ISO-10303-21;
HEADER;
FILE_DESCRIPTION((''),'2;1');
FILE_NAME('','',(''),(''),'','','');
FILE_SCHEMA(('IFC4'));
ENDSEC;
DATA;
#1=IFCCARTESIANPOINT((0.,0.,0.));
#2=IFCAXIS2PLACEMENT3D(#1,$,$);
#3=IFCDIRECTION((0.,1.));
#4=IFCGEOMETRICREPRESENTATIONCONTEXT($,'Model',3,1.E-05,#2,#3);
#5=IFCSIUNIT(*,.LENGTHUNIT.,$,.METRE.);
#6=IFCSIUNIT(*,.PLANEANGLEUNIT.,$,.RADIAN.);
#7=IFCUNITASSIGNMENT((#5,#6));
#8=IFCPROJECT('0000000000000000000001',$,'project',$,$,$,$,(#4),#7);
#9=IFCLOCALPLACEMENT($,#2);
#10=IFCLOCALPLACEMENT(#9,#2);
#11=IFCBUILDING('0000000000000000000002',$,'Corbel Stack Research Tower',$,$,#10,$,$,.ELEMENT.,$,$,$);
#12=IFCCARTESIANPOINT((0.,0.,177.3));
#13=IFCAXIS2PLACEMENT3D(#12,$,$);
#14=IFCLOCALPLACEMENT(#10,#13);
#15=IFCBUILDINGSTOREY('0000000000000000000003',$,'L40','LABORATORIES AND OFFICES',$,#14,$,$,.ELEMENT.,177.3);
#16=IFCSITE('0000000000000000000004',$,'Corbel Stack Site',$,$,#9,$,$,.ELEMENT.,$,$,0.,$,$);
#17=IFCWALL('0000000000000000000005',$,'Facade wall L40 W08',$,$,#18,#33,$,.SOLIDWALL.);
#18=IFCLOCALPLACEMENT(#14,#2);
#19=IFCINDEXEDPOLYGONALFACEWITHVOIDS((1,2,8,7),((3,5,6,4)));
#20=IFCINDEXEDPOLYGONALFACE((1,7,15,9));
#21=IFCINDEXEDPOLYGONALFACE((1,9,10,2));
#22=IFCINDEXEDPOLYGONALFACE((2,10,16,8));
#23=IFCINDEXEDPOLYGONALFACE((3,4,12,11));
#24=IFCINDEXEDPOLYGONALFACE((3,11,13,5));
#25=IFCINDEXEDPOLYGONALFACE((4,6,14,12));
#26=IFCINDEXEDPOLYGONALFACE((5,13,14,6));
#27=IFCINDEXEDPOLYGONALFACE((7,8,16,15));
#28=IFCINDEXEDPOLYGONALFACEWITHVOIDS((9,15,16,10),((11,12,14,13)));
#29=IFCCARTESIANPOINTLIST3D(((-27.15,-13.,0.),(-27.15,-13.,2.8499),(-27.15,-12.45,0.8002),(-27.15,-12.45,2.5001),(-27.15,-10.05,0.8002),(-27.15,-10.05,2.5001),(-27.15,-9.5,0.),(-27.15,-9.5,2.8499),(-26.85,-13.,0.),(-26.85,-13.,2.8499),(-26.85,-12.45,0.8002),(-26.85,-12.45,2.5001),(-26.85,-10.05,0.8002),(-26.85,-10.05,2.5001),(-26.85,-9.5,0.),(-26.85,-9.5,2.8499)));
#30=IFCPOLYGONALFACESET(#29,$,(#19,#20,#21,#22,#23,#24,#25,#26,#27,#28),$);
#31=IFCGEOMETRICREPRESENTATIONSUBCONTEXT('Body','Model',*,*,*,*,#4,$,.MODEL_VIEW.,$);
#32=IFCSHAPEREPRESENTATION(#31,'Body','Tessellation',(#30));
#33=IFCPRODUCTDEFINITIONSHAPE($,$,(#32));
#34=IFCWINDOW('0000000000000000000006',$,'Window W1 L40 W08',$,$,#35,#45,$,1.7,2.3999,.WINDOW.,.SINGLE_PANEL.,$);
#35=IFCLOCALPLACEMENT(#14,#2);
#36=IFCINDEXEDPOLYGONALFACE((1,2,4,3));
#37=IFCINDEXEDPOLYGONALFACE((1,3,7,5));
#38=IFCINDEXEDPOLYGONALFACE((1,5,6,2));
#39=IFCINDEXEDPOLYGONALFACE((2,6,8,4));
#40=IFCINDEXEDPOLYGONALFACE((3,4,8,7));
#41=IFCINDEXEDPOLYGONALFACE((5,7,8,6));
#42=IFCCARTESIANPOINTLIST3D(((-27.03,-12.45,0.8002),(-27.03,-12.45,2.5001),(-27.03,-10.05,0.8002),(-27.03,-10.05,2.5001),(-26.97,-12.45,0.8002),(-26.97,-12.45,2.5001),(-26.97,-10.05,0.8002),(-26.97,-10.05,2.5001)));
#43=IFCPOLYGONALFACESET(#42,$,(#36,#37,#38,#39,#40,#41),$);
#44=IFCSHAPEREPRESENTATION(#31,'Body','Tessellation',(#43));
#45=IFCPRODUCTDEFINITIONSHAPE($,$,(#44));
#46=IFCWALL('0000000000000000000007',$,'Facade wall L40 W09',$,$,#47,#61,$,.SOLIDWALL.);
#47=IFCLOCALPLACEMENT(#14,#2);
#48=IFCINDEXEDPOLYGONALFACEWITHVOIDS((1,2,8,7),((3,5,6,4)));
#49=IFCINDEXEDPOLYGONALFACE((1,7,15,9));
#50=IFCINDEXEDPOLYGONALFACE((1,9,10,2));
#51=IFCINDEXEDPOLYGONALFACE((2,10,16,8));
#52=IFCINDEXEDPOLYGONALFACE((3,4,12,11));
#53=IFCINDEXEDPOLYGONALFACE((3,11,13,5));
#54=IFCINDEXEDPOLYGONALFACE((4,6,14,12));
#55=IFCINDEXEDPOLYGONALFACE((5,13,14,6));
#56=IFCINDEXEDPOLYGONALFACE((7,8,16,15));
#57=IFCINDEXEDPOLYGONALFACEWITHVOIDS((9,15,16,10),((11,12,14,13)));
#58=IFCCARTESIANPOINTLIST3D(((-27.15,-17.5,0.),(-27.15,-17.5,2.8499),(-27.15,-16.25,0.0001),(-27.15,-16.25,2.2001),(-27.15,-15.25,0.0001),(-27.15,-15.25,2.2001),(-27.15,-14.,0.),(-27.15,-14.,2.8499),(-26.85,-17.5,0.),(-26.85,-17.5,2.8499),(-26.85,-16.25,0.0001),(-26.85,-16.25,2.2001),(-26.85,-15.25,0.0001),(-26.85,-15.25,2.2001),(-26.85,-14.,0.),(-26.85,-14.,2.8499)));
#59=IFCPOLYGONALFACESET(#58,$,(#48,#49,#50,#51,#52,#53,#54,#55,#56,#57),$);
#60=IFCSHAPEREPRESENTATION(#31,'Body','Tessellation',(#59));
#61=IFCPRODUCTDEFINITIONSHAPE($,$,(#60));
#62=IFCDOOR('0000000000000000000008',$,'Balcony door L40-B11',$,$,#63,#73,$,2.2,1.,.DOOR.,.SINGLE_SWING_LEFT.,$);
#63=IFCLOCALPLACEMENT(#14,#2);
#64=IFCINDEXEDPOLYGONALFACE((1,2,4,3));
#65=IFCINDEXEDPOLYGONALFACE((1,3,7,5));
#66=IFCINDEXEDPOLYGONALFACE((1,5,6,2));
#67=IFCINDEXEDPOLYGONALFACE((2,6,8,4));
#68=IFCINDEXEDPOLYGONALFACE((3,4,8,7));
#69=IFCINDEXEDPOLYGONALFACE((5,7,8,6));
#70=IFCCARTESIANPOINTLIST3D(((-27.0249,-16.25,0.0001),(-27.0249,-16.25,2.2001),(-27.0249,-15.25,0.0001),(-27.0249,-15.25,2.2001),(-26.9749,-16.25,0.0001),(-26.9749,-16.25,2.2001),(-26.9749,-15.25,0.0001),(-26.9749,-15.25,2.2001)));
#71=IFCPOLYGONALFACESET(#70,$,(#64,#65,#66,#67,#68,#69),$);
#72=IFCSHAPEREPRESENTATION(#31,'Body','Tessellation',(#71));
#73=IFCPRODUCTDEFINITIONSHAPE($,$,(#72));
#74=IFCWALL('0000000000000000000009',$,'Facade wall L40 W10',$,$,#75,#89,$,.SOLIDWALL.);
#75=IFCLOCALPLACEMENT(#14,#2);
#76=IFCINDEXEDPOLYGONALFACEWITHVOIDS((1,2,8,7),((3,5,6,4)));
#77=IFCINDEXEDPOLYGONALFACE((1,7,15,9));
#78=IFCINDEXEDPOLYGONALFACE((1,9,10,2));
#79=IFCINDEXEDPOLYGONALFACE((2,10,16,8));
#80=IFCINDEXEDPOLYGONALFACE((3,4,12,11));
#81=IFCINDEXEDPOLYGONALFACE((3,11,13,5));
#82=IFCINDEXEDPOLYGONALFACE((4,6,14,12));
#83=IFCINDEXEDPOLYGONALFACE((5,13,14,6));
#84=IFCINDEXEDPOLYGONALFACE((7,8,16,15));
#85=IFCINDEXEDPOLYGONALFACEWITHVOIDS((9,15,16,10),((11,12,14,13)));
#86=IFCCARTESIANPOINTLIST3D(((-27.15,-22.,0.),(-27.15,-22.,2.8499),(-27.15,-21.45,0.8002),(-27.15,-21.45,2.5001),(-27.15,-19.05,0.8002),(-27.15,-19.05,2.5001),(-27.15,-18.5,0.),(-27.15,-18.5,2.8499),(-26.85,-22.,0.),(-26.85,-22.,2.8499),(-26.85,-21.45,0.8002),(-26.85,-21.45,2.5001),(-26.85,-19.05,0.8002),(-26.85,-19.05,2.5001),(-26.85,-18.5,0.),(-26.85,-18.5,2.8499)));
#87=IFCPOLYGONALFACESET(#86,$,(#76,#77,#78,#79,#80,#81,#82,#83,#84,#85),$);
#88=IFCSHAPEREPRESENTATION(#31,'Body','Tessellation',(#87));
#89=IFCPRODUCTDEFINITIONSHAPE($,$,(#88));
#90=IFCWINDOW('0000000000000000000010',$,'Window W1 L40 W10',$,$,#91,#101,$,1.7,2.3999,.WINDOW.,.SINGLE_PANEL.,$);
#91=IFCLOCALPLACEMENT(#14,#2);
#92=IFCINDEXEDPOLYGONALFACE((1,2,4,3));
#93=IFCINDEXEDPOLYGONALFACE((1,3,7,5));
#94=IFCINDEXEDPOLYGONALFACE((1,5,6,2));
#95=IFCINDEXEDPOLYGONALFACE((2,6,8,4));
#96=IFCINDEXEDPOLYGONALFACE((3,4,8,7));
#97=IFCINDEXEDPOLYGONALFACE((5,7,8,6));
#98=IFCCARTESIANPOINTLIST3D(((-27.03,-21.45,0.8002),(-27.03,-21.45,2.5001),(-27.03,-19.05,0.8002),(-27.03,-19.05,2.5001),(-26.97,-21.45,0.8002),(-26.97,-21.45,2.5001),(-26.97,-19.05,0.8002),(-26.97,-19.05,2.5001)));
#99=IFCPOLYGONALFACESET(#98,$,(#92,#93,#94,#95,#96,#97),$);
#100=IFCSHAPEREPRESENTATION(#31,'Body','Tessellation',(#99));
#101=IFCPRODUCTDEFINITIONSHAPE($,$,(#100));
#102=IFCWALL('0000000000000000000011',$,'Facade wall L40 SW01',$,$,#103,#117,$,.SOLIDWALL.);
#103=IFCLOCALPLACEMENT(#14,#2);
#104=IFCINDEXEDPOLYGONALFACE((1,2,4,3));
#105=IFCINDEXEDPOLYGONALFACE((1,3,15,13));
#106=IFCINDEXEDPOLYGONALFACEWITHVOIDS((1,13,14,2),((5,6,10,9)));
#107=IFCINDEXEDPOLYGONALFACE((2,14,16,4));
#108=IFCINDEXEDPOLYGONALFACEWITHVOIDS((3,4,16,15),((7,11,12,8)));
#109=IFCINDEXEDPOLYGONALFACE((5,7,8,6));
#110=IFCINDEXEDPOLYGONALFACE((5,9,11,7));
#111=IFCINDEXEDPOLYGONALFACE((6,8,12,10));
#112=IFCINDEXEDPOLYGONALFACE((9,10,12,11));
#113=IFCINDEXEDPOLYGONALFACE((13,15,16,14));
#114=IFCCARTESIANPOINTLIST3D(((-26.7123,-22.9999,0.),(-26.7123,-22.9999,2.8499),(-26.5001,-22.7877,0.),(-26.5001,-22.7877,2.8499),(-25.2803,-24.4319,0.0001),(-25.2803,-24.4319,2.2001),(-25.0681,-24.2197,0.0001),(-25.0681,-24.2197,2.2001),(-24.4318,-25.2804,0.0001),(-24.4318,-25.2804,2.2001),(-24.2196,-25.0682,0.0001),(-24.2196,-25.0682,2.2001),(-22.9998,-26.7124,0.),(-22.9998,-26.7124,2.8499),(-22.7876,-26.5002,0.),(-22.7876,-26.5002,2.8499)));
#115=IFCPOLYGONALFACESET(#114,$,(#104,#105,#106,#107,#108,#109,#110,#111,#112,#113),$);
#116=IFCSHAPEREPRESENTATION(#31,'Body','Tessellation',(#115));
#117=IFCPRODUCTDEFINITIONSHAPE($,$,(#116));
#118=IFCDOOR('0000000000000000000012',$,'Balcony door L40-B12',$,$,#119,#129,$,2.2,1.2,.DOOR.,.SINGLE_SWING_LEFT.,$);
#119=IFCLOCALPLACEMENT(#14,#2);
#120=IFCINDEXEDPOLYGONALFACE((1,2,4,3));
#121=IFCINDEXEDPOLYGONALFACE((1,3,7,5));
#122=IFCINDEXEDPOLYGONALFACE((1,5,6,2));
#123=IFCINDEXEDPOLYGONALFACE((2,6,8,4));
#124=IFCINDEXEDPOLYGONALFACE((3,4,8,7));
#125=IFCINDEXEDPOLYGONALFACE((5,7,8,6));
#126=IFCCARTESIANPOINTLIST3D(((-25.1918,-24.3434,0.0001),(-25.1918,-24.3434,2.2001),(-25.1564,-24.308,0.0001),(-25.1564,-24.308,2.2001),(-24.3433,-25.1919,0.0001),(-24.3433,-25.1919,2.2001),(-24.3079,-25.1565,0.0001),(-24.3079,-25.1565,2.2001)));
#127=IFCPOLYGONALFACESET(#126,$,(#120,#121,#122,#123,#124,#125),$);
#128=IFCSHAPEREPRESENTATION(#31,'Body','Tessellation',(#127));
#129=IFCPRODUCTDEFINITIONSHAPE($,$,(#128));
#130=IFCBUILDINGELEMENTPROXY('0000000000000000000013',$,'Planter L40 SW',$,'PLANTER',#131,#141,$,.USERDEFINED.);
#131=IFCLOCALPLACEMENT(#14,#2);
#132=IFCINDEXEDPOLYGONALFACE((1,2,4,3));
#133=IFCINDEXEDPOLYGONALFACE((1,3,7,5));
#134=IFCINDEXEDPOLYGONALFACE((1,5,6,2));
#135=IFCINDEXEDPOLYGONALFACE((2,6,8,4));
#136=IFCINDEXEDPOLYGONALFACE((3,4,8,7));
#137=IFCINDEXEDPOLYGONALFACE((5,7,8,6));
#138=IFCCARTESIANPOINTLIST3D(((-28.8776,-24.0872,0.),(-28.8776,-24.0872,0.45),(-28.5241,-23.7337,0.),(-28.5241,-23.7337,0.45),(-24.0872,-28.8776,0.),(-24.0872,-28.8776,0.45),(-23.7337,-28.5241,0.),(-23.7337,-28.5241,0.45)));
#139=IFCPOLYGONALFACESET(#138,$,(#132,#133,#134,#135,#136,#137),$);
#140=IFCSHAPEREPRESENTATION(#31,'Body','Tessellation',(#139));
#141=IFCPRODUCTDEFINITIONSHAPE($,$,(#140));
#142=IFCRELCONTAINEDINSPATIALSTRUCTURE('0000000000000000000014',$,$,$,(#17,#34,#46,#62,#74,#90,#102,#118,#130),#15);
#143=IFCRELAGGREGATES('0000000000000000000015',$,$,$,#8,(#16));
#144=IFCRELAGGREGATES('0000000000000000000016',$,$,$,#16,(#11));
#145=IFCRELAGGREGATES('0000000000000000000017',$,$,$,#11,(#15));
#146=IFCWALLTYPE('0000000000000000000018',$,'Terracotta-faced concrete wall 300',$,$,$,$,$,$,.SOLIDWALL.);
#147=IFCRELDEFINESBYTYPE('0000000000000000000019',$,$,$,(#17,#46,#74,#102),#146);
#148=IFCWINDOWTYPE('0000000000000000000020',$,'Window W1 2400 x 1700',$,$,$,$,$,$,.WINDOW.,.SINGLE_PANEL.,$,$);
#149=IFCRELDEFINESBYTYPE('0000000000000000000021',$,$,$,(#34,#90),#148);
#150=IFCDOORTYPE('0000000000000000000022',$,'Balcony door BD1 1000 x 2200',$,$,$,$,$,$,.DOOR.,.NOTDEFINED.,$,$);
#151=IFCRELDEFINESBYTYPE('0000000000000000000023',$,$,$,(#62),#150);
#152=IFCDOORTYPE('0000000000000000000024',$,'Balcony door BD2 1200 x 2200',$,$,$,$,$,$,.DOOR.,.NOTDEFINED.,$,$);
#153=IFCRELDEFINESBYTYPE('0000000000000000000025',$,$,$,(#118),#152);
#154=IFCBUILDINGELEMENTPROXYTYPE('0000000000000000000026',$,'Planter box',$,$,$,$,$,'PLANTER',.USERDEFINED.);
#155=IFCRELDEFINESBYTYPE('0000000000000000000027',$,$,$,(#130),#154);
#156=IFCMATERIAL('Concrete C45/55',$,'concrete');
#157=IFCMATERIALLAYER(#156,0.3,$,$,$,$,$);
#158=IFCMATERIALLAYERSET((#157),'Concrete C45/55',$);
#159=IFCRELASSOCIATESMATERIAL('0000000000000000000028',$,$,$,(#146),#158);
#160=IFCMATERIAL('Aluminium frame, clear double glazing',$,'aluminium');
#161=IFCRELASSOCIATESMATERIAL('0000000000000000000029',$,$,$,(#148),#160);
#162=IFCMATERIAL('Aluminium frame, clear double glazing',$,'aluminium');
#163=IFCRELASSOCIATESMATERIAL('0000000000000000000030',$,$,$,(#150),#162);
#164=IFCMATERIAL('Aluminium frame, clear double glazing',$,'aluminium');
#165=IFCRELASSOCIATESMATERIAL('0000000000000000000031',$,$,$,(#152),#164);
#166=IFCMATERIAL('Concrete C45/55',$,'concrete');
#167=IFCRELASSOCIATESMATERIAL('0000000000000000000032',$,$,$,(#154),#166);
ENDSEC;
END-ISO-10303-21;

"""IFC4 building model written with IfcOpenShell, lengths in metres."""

from ifc_helpers import new_model, si_unit, direction, frame, frame_2d, origin, origin_2d, place, context, subcontext, project, spatial, rectangle, extrude, material, layer, layer_set, type_object, element, fill, save


model = new_model("IFC4")

# Units and contexts
model_context = context("Model", 3, precision=1e-05, world=origin(), true_north=direction((0.0, 1.0)))
body_context = subcontext(model_context, "Body", "Model", "MODEL_VIEW")
ifc_project = project(units=[si_unit("LENGTHUNIT", "METRE"), si_unit("PLANEANGLEUNIT", "RADIAN")], contexts=[model_context])

# Site, building, storey
site_placement = place(None, origin())
site = spatial("IfcSite", under=ifc_project, at=site_placement, Name="Corbel Stack Site", CompositionType="ELEMENT", RefElevation=0.0)
building_placement = place(site_placement, origin())
building = spatial("IfcBuilding", under=site, at=building_placement, Name="Corbel Stack Research Tower", CompositionType="ELEMENT")
storey_placement = place(building_placement, frame((0.0, 0.0, 177.3)))
storey = spatial("IfcBuildingStorey", under=building, at=storey_placement, Name="L40", Description="LABORATORIES AND OFFICES", CompositionType="ELEMENT", Elevation=177.3)

# Wall, opening, window
ifc_material_1 = material(Name="Concrete C45/55", Category="concrete")
ifc_layer_1 = layer(ifc_material_1, 0.3)
ifc_layer_set_1 = layer_set([ifc_layer_1], Name="Concrete C45/55")
wall_type_1 = type_object("IfcWallType", Name="Terracotta-faced concrete wall 300", PredefinedType="SOLIDWALL", material=ifc_layer_set_1)
ifc_material_2 = material(Name="Aluminium frame, clear double glazing", Category="aluminium")
window_type = type_object("IfcWindowType", Name="Window W1 2400 x 1700", PartitioningType="SINGLE_PANEL", PredefinedType="WINDOW", material=ifc_material_2)
wall_1_placement = place(storey_placement, frame((-27.0, -13.0, 0.0), z_axis=(0.0, 0.0, 1.0), x_axis=(0.0, 1.0, 0.0)))
wall_1 = element("IfcWall", 1, at=wall_1_placement, inside=storey, type_object=wall_type_1, Name="Facade wall L40 W08", PredefinedType="SOLIDWALL", context=body_context, shape_type="SweptSolid", body=[
    extrude(rectangle(XDim=3.5, YDim=0.3, at=frame_2d((1.75, 0.0))), origin(), (0.0, 0.0, 1.0), 2.8499),
])
opening_1_placement = place(wall_1_placement, frame((0.55, 0.0, 0.8)))
opening_1 = element("IfcOpeningElement", 2, at=opening_1_placement, cuts=wall_1, PredefinedType="OPENING", context=body_context, shape_type="SweptSolid", body=[
    extrude(rectangle(XDim=2.3999, YDim=1.7, at=frame_2d((1.2, 0.8501))), frame((0.0, 0.1599, 0.0), z_axis=(0.0, -1.0, 0.0), x_axis=(1.0, 0.0, 0.0)), (0.0, 0.0, 1.0), 0.3201),
])
window_1_placement = place(opening_1_placement, origin())
window_1 = element("IfcWindow", 3, at=window_1_placement, inside=storey, type_object=window_type, Name="Window W1 L40 W08", OverallHeight=1.7, OverallWidth=2.3999, PartitioningType="SINGLE_PANEL", PredefinedType="WINDOW", context=body_context, shape_type="SweptSolid", body=[
    extrude(rectangle(XDim=2.3999, YDim=1.7, at=frame_2d((1.2, 0.8501))), frame((0.0, 0.03, 0.0), z_axis=(0.0, -1.0, 0.0), x_axis=(1.0, 0.0, 0.0)), (0.0, 0.0, 1.0), 0.0601),
])
fill(opening_1, window_1)

# Wall, opening, door
wall_2_placement = place(storey_placement, frame((-27.0, -17.5, 0.0), z_axis=(0.0, 0.0, 1.0), x_axis=(0.0, 1.0, 0.0)))
wall_2 = element("IfcWall", 4, at=wall_2_placement, inside=storey, type_object=wall_type_1, Name="Facade wall L40 W09", PredefinedType="SOLIDWALL", context=body_context, shape_type="SweptSolid", body=[
    extrude(rectangle(XDim=3.5, YDim=0.3, at=frame_2d((1.75, 0.0))), origin(), (0.0, 0.0, 1.0), 2.8499),
])
opening_2_placement = place(wall_2_placement, frame((1.25, 0.0, 0.0)))
opening_2 = element("IfcOpeningElement", 5, at=opening_2_placement, cuts=wall_2, PredefinedType="OPENING", context=body_context, shape_type="SweptSolid", body=[
    extrude(rectangle(XDim=1.0, YDim=2.2, at=frame_2d((0.5, 1.1001))), frame((0.0, 0.1599, 0.0), z_axis=(0.0, -1.0, 0.0), x_axis=(1.0, 0.0, 0.0)), (0.0, 0.0, 1.0), 0.3201),
])
ifc_material_3 = material(Name="Aluminium frame, clear double glazing", Category="aluminium")
door_type_1 = type_object("IfcDoorType", Name="Balcony door BD1 1000 x 2200", OperationType="NOTDEFINED", PredefinedType="DOOR", material=ifc_material_3)
door_1_placement = place(opening_2_placement, origin())
door_1 = element("IfcDoor", 6, at=door_1_placement, inside=storey, type_object=door_type_1, Name="Balcony door L40-B11", OperationType="SINGLE_SWING_LEFT", OverallHeight=2.2, OverallWidth=1.0, PredefinedType="DOOR", context=body_context, shape_type="SweptSolid", body=[
    extrude(rectangle(XDim=1.0, YDim=2.2, at=frame_2d((0.5, 1.1001))), frame((0.0, 0.0249, 0.0), z_axis=(0.0, -1.0, 0.0), x_axis=(1.0, 0.0, 0.0)), (0.0, 0.0, 1.0), 0.05),
])
fill(opening_2, door_1)

# Wall, opening, window
wall_3_placement = place(storey_placement, frame((-27.0, -22.0, 0.0), z_axis=(0.0, 0.0, 1.0), x_axis=(0.0, 1.0, 0.0)))
wall_3 = element("IfcWall", 7, at=wall_3_placement, inside=storey, type_object=wall_type_1, Name="Facade wall L40 W10", PredefinedType="SOLIDWALL", context=body_context, shape_type="SweptSolid", body=[
    extrude(rectangle(XDim=3.5, YDim=0.3, at=frame_2d((1.75, 0.0))), origin(), (0.0, 0.0, 1.0), 2.8499),
])
opening_3_placement = place(wall_3_placement, frame((0.55, 0.0, 0.8)))
opening_3 = element("IfcOpeningElement", 8, at=opening_3_placement, cuts=wall_3, PredefinedType="OPENING", context=body_context, shape_type="SweptSolid", body=[
    extrude(rectangle(XDim=2.3999, YDim=1.7, at=frame_2d((1.2, 0.8501))), frame((0.0, 0.1599, 0.0), z_axis=(0.0, -1.0, 0.0), x_axis=(1.0, 0.0, 0.0)), (0.0, 0.0, 1.0), 0.3201),
])
window_2_placement = place(opening_3_placement, origin())
window_2 = element("IfcWindow", 9, at=window_2_placement, inside=storey, type_object=window_type, Name="Window W1 L40 W10", OverallHeight=1.7, OverallWidth=2.3999, PartitioningType="SINGLE_PANEL", PredefinedType="WINDOW", context=body_context, shape_type="SweptSolid", body=[
    extrude(rectangle(XDim=2.3999, YDim=1.7, at=frame_2d((1.2, 0.8501))), frame((0.0, 0.03, 0.0), z_axis=(0.0, -1.0, 0.0), x_axis=(1.0, 0.0, 0.0)), (0.0, 0.0, 1.0), 0.0601),
])
fill(opening_3, window_2)

# Wall, opening, door
wall_4_placement = place(storey_placement, frame((-22.8938, -26.6062, 0.0), z_axis=(0.0, 0.0, 1.0), x_axis=(-0.707107, 0.707107, 0.0)))
wall_4 = element("IfcWall", 10, at=wall_4_placement, inside=storey, type_object=wall_type_1, Name="Facade wall L40 SW01", PredefinedType="SOLIDWALL", context=body_context, shape_type="SweptSolid", body=[
    extrude(rectangle(XDim=5.2502, YDim=0.3, at=frame_2d((2.625, 0.0))), origin(), (0.0, 0.0, 1.0), 2.8499),
])
opening_4_placement = place(wall_4_placement, frame((2.0249, 0.0, 0.0)))
opening_4 = element("IfcOpeningElement", 11, at=opening_4_placement, cuts=wall_4, PredefinedType="OPENING", context=body_context, shape_type="SweptSolid", body=[
    extrude(rectangle(XDim=1.2, YDim=2.2, at=frame_2d((0.6001, 1.1001))), frame((0.0, 0.1599, 0.0), z_axis=(0.0, -1.0, 0.0), x_axis=(1.0, 0.0, 0.0)), (0.0, 0.0, 1.0), 0.3201),
])
ifc_material_4 = material(Name="Aluminium frame, clear double glazing", Category="aluminium")
door_type_2 = type_object("IfcDoorType", Name="Balcony door BD2 1200 x 2200", OperationType="NOTDEFINED", PredefinedType="DOOR", material=ifc_material_4)
door_2_placement = place(opening_4_placement, origin())
door_2 = element("IfcDoor", 12, at=door_2_placement, inside=storey, type_object=door_type_2, Name="Balcony door L40-B12", OperationType="SINGLE_SWING_LEFT", OverallHeight=2.2, OverallWidth=1.2, PredefinedType="DOOR", context=body_context, shape_type="SweptSolid", body=[
    extrude(rectangle(XDim=1.2, YDim=2.2, at=frame_2d((0.6001, 1.1001))), frame((0.0, 0.0249, 0.0), z_axis=(0.0, -1.0, 0.0), x_axis=(1.0, 0.0, 0.0)), (0.0, 0.0, 1.0), 0.05),
])
fill(opening_4, door_2)

# Building element proxy
ifc_material_5 = material(Name="Concrete C45/55", Category="concrete")
building_element_proxy_type = type_object("IfcBuildingElementProxyType", Name="Planter box", ElementType="PLANTER", PredefinedType="USERDEFINED", material=ifc_material_5)
proxy_placement = place(storey_placement, frame((-26.3057, -26.3057, 0.0), z_axis=(0.0, 0.0, 1.0), x_axis=(0.707107, -0.707107, 0.0)))
element("IfcBuildingElementProxy", 13, at=proxy_placement, inside=storey, type_object=building_element_proxy_type, Name="Planter L40 SW", ObjectType="PLANTER", PredefinedType="USERDEFINED", context=body_context, shape_type="SweptSolid", body=[
    extrude(rectangle(XDim=6.7747, YDim=0.5, at=origin_2d()), origin(), (0.0, 0.0, 1.0), 0.45),
])

save(model, "model.ifc")
